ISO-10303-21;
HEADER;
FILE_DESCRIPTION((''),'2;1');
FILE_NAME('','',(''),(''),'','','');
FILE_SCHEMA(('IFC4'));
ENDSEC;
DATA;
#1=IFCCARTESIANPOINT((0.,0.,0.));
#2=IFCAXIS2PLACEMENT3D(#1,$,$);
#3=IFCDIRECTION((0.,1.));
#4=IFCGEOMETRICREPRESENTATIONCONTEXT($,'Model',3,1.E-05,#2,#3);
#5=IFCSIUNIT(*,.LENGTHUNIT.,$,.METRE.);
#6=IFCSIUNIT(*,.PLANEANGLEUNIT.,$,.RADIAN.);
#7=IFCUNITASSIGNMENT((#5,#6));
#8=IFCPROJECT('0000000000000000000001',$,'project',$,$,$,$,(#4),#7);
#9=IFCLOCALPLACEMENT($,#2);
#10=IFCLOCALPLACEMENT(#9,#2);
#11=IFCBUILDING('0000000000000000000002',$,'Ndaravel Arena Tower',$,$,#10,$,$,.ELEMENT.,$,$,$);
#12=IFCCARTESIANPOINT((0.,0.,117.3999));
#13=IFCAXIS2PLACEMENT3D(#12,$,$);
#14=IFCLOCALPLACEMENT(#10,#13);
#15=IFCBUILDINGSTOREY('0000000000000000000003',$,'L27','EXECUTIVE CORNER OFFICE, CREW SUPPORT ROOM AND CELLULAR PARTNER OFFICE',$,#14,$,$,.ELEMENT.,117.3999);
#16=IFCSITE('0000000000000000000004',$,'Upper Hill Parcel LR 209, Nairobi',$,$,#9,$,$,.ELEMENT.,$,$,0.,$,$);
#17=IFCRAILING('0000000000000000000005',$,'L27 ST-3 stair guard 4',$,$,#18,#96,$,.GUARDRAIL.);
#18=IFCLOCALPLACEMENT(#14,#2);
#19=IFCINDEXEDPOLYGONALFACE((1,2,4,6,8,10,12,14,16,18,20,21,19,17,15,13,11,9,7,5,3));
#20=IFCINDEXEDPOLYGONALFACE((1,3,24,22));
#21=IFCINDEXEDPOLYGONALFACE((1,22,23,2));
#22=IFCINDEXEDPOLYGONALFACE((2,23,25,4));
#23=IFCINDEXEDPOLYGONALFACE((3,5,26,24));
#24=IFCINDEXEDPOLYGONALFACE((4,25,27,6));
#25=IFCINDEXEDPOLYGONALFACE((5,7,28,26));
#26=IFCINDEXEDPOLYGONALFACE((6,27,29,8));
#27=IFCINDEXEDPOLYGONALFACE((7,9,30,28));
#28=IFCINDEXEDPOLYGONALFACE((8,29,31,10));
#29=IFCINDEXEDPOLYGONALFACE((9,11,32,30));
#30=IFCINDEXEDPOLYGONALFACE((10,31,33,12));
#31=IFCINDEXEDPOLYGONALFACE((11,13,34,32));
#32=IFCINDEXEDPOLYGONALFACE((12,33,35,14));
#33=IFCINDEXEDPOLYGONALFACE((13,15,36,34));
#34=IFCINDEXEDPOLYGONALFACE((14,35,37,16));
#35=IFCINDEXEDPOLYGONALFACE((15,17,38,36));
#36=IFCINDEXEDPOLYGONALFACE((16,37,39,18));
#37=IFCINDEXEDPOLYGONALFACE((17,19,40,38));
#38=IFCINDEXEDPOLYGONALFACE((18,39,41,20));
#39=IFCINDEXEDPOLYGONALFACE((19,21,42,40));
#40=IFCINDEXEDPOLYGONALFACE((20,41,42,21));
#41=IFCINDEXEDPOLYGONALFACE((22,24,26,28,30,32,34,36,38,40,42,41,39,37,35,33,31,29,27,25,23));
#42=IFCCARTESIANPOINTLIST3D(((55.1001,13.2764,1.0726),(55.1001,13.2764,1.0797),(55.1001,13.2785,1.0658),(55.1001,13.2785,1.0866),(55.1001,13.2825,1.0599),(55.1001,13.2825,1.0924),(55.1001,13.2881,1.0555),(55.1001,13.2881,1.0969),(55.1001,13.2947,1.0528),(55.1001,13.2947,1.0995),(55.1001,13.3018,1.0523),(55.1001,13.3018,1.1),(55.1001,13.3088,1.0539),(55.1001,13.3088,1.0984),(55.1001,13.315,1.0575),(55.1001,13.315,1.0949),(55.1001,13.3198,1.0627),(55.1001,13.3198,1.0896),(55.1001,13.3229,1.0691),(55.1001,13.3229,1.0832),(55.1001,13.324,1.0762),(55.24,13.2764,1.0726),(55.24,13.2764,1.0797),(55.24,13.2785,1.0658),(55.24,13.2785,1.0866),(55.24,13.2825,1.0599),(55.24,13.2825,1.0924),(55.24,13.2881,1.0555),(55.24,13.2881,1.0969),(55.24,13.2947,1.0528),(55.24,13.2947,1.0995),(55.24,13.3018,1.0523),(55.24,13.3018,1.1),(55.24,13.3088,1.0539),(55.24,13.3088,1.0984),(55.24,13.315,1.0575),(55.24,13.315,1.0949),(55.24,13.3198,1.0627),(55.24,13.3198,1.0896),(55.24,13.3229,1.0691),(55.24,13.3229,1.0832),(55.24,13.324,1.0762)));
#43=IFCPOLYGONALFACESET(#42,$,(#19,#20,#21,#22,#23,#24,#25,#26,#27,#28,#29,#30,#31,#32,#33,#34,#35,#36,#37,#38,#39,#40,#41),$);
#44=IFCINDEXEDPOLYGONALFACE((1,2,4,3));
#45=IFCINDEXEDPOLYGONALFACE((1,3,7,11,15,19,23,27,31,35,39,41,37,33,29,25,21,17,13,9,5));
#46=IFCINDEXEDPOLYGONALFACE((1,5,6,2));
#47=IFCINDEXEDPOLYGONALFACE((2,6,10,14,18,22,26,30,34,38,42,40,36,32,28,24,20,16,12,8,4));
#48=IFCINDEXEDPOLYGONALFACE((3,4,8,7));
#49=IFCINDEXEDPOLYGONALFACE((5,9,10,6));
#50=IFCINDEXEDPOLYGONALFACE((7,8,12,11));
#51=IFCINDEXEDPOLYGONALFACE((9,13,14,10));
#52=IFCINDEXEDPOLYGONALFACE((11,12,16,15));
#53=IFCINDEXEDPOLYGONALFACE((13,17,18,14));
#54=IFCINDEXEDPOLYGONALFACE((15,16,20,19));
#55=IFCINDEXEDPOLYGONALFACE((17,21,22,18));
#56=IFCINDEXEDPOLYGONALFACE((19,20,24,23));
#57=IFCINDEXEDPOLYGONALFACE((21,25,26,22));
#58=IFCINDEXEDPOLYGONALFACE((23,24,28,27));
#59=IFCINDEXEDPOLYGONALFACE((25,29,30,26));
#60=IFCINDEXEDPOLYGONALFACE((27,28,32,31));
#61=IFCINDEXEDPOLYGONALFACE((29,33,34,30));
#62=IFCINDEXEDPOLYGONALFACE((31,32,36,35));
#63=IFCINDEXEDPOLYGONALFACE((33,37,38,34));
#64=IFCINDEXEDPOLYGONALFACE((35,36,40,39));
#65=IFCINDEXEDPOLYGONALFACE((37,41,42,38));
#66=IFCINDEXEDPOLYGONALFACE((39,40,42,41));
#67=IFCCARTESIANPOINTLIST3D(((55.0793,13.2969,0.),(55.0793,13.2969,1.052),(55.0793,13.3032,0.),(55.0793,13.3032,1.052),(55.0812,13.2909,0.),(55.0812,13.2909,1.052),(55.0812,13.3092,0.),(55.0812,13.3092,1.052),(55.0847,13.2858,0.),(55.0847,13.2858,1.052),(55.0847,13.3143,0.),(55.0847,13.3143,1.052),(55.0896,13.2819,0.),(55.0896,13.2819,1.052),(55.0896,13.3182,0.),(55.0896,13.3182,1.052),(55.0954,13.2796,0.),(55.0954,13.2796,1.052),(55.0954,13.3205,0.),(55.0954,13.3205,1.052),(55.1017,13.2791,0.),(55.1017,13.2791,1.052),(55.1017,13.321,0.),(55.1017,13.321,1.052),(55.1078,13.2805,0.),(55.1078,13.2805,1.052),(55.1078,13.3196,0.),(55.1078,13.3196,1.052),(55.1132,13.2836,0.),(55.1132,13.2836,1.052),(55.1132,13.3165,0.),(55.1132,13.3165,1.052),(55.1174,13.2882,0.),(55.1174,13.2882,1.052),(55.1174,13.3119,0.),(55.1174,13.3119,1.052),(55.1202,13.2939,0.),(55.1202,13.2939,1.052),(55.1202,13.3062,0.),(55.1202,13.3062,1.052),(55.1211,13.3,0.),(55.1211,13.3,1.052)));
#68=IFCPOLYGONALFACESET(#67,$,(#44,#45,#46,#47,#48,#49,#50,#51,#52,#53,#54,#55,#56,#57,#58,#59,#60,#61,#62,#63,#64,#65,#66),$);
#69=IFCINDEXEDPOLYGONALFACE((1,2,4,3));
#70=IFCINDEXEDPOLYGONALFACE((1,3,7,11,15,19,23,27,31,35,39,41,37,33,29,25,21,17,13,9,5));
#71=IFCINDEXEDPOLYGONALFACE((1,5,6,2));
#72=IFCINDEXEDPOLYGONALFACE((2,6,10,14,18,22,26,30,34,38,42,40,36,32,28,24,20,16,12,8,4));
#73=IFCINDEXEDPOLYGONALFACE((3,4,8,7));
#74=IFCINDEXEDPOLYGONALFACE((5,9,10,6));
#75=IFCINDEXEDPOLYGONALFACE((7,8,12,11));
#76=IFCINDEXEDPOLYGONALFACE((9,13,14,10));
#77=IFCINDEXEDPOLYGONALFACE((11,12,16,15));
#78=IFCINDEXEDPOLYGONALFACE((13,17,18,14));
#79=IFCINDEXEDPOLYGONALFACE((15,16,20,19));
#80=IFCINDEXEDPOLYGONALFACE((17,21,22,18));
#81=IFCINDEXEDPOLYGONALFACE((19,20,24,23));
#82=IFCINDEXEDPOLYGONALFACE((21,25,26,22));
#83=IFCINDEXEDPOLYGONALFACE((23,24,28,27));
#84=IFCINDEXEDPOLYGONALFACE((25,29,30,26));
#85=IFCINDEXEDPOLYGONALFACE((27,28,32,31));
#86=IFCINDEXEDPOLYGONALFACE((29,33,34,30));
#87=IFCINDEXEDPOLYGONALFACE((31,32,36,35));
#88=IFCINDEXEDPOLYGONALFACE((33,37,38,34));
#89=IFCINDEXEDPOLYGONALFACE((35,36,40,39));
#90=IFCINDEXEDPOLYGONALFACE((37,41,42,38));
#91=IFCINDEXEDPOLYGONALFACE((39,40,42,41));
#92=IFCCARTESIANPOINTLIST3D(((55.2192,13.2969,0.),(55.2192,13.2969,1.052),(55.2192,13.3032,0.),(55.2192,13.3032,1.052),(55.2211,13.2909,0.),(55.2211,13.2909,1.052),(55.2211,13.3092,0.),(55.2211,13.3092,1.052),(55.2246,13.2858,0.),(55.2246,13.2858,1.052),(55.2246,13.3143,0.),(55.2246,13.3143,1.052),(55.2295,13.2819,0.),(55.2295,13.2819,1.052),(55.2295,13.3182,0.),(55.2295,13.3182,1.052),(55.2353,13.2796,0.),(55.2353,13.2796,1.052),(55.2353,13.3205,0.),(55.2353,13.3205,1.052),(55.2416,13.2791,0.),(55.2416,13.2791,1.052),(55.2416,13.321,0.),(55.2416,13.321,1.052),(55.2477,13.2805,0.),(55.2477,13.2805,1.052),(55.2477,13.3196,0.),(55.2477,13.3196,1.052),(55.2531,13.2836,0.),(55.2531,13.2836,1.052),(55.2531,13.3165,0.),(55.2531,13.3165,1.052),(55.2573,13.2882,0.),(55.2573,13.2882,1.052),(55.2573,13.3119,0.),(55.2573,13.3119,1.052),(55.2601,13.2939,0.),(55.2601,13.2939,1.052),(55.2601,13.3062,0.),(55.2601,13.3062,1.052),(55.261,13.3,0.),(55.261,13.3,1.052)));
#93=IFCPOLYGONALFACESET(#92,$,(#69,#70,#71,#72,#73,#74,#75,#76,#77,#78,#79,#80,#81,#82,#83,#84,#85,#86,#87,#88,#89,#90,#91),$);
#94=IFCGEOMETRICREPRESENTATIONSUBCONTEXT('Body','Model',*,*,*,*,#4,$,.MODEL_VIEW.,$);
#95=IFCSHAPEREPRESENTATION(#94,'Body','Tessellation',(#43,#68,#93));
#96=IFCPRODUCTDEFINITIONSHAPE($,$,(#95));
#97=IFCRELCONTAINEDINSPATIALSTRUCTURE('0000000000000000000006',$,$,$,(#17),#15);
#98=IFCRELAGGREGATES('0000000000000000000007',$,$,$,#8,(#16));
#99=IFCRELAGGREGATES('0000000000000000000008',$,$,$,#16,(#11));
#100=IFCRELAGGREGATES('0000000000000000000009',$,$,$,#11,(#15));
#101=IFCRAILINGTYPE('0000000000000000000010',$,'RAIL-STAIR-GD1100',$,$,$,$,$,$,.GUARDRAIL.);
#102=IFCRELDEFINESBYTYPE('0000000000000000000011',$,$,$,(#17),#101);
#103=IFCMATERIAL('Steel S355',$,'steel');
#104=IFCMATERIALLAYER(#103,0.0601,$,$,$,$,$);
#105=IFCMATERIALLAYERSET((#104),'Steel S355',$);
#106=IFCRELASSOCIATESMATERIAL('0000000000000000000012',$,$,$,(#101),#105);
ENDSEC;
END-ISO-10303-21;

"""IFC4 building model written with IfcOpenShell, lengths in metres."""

from ifc_helpers import new_model, si_unit, direction, frame, origin, origin_2d, place, context, subcontext, project, spatial, circle, extrude, material, layer, layer_set, type_object, element, save


model = new_model("IFC4")

# Units and contexts
model_context = context("Model", 3, precision=1e-05, world=origin(), true_north=direction((0.0, 1.0)))
body_context = subcontext(model_context, "Body", "Model", "MODEL_VIEW")
ifc_project = project(units=[si_unit("LENGTHUNIT", "METRE"), si_unit("PLANEANGLEUNIT", "RADIAN")], contexts=[model_context])

# Site, building, storey
site_placement = place(None, origin())
site = spatial("IfcSite", under=ifc_project, at=site_placement, Name="Upper Hill Parcel LR 209, Nairobi", CompositionType="ELEMENT", RefElevation=0.0)
building_placement = place(site_placement, origin())
building = spatial("IfcBuilding", under=site, at=building_placement, Name="Ndaravel Arena Tower", CompositionType="ELEMENT")
storey_placement = place(building_placement, frame((0.0, 0.0, 117.3999)))
storey = spatial("IfcBuildingStorey", under=building, at=storey_placement, Name="L27", Description="EXECUTIVE CORNER OFFICE, CREW SUPPORT ROOM AND CELLULAR PARTNER OFFICE", CompositionType="ELEMENT", Elevation=117.3999)

# Railing
ifc_material_1 = material(Name="Steel S355", Category="steel")
ifc_layer_1 = layer(ifc_material_1, 0.0601)
ifc_layer_set_1 = layer_set([ifc_layer_1], Name="Steel S355")
railing_type_1 = type_object("IfcRailingType", Name="RAIL-STAIR-GD1100", PredefinedType="GUARDRAIL", material=ifc_layer_set_1)
railing_1_placement = place(storey_placement, frame((55.1001, 13.3, 0.0)))
element("IfcRailing", 1, at=railing_1_placement, inside=storey, type_object=railing_type_1, Name="L27 ST-3 stair guard 4", PredefinedType="GUARDRAIL", context=body_context, shape_type="SweptSolid", body=[
    extrude(circle(Radius=0.0239, at=origin_2d()), frame((0.0, 0.0, 1.0762), z_axis=(1.0, 0.0, 0.0), x_axis=(0.0, 1.0, 0.0)), (0.0, 0.0, 1.0), 0.1399),
    extrude(circle(Radius=0.021, at=origin_2d()), origin(), (0.0, 0.0, 1.0), 1.052),
    extrude(circle(Radius=0.021, at=origin_2d()), frame((0.1399, 0.0, 0.0)), (0.0, 0.0, 1.0), 1.052),
])

save(model, "model.ifc")
